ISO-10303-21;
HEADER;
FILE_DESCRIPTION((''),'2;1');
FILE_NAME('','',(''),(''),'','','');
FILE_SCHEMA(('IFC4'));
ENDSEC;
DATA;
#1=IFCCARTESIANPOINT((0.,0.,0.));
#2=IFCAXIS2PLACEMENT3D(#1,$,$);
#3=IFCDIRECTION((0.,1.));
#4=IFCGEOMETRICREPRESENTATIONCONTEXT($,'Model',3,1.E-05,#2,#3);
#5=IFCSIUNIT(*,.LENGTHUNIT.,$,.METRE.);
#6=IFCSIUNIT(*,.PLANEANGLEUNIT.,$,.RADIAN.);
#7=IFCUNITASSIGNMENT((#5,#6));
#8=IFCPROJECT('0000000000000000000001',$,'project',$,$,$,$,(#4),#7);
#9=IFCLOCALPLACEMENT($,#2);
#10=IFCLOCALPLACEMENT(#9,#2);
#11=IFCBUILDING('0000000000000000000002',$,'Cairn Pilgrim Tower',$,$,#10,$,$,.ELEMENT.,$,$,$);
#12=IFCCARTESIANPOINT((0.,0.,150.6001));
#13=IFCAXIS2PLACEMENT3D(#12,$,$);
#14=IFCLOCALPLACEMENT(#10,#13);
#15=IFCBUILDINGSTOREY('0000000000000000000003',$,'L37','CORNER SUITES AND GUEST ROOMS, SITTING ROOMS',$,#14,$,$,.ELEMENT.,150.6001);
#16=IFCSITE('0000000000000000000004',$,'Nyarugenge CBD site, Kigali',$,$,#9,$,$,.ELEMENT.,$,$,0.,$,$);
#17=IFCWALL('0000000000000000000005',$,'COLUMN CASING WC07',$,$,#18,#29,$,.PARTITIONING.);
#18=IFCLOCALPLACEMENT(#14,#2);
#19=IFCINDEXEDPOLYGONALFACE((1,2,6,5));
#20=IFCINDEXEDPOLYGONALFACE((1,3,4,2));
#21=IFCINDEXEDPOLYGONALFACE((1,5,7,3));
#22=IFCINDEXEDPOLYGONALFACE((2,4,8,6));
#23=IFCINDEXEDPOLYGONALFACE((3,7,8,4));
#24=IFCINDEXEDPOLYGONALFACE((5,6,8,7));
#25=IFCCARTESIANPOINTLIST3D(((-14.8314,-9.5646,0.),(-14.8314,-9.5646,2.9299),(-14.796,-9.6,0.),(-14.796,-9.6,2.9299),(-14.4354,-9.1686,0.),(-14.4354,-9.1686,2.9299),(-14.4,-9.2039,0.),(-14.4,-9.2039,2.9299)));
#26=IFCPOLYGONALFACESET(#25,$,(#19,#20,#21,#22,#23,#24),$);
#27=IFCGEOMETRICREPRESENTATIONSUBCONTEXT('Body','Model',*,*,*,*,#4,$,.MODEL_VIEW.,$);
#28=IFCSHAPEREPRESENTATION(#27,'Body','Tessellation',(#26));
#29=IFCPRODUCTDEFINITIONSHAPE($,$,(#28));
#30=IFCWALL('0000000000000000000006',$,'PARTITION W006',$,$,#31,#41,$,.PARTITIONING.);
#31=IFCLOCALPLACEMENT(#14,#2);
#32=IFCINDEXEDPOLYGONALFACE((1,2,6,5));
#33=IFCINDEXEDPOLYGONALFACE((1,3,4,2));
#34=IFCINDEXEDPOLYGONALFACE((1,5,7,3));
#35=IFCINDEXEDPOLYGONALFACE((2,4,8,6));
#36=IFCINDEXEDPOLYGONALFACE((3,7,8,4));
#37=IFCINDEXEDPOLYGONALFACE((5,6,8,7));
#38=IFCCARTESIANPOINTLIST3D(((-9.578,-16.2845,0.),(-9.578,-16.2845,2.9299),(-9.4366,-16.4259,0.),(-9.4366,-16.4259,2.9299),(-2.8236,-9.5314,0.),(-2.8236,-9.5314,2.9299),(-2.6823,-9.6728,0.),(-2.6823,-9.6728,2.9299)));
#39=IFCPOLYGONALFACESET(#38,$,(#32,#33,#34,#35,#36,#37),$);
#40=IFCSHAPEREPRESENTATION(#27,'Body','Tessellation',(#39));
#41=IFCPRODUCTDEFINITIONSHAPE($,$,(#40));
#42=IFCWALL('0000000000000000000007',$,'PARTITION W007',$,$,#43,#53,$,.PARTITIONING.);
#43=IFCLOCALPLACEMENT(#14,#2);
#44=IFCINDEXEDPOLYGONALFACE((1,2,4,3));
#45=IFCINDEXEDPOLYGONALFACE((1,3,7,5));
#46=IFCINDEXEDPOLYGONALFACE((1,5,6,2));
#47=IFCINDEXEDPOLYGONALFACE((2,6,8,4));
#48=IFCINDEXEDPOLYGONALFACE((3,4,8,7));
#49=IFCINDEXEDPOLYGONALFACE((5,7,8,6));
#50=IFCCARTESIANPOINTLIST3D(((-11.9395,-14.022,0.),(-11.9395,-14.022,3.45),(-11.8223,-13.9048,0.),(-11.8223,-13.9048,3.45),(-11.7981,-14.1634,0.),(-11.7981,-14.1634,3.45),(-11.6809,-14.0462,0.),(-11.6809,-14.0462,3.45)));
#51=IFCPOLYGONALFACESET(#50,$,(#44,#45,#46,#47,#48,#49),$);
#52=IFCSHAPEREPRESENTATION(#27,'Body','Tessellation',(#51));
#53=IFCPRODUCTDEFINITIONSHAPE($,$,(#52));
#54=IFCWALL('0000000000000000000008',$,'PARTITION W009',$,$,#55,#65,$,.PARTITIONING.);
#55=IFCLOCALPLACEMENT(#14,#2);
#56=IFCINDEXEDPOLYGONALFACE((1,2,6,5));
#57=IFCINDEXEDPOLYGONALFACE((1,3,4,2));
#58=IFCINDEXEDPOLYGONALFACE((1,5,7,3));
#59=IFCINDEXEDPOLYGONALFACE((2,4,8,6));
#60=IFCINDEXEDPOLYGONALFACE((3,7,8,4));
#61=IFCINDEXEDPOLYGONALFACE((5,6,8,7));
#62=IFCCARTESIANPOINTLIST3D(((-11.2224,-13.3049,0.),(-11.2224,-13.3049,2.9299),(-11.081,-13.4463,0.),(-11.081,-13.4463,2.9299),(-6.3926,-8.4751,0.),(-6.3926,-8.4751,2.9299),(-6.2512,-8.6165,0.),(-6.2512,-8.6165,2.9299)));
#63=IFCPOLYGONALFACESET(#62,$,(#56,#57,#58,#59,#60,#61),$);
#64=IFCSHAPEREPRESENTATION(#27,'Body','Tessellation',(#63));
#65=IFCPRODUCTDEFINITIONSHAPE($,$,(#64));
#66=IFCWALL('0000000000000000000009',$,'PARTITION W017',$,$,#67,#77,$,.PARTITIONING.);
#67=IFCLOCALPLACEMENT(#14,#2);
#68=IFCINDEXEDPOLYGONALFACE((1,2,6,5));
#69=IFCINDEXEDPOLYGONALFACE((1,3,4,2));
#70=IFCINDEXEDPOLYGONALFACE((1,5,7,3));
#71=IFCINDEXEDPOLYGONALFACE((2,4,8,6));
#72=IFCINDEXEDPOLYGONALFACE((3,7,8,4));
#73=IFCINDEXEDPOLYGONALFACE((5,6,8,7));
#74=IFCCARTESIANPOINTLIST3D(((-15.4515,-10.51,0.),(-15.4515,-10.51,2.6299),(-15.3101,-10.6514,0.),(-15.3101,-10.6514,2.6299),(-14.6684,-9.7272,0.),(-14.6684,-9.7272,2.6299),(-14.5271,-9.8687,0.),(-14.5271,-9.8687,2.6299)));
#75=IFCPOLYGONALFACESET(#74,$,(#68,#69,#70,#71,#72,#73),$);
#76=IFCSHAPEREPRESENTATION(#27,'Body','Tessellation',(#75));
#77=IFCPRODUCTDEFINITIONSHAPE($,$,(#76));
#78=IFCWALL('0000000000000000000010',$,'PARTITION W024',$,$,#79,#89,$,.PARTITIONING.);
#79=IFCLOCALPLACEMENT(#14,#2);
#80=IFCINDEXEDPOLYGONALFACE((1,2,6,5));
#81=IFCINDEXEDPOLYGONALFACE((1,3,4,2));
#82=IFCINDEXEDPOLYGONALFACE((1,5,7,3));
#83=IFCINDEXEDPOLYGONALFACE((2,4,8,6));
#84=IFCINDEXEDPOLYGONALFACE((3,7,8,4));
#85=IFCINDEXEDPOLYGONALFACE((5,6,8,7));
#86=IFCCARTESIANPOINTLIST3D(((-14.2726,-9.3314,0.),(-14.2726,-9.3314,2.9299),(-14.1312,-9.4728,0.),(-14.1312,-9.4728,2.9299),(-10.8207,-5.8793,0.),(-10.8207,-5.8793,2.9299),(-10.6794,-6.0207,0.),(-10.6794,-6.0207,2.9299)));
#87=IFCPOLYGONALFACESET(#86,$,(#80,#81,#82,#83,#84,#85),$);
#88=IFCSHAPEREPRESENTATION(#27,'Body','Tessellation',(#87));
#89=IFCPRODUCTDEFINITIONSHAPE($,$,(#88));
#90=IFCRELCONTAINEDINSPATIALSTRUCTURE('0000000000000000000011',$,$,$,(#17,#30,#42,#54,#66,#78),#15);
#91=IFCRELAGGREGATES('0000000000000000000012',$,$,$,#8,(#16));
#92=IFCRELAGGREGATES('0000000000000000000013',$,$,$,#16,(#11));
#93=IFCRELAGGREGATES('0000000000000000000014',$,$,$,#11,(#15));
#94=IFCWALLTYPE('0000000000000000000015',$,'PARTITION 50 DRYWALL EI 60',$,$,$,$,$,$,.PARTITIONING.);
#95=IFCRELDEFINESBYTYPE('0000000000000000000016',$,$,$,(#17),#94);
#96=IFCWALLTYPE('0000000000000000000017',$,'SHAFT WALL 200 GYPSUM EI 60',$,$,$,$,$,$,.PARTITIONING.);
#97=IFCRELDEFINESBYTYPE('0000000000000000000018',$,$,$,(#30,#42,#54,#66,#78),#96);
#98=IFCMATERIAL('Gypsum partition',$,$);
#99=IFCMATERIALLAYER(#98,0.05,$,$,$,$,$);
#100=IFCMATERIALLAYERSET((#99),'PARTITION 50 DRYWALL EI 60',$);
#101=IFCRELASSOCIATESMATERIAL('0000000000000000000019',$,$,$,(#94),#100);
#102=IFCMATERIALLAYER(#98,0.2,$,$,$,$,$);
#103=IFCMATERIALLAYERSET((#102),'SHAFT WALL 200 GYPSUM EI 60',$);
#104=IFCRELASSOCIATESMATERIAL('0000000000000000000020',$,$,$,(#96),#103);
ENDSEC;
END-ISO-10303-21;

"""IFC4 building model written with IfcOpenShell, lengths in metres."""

from ifc_helpers import new_model, si_unit, direction, frame, frame_2d, origin, place, context, subcontext, project, spatial, rectangle, extrude, material, layer, layer_set, type_object, element, save


model = new_model("IFC4")

# Units and contexts
model_context = context("Model", 3, precision=1e-05, world=origin(), true_north=direction((0.0, 1.0)))
body_context = subcontext(model_context, "Body", "Model", "MODEL_VIEW")
ifc_project = project(units=[si_unit("LENGTHUNIT", "METRE"), si_unit("PLANEANGLEUNIT", "RADIAN")], contexts=[model_context])

# Site, building, storey
site_placement = place(None, origin())
site = spatial("IfcSite", under=ifc_project, at=site_placement, Name="Nyarugenge CBD site, Kigali", CompositionType="ELEMENT", RefElevation=0.0)
building_placement = place(site_placement, origin())
building = spatial("IfcBuilding", under=site, at=building_placement, Name="Cairn Pilgrim Tower", CompositionType="ELEMENT")
storey_placement = place(building_placement, frame((0.0, 0.0, 150.6001)))
storey = spatial("IfcBuildingStorey", under=building, at=storey_placement, Name="L37", Description="CORNER SUITES AND GUEST ROOMS, SITTING ROOMS", CompositionType="ELEMENT", Elevation=150.6001)

# Walls
ifc_material_1 = material(Name="Gypsum partition")
ifc_layer_1 = layer(ifc_material_1, 0.05)
ifc_layer_set_1 = layer_set([ifc_layer_1], Name="PARTITION 50 DRYWALL EI 60")
wall_type_1 = type_object("IfcWallType", Name="PARTITION 50 DRYWALL EI 60", PredefinedType="PARTITIONING", material=ifc_layer_set_1)
wall_1_placement = place(storey_placement, frame((-14.8137, -9.5823, 0.0), z_axis=(0.0, 0.0, 1.0), x_axis=(0.707107, 0.707107, 0.0)))
element("IfcWall", 1, at=wall_1_placement, inside=storey, type_object=wall_type_1, Name="COLUMN CASING WC07", PredefinedType="PARTITIONING", context=body_context, shape_type="SweptSolid", body=[
    extrude(rectangle(XDim=0.5601, YDim=0.05, at=frame_2d((0.28, 0.0))), origin(), (0.0, 0.0, 1.0), 2.9299),
])
ifc_layer_2 = layer(ifc_material_1, 0.2)
ifc_layer_set_2 = layer_set([ifc_layer_2], Name="SHAFT WALL 200 GYPSUM EI 60")
wall_type_2 = type_object("IfcWallType", Name="SHAFT WALL 200 GYPSUM EI 60", PredefinedType="PARTITIONING", material=ifc_layer_set_2)
wall_2_placement = place(storey_placement, frame((-9.5073, -16.3552, 0.0), z_axis=(0.0, 0.0, 1.0), x_axis=(0.707171, 0.707043, 0.0)))
element("IfcWall", 2, at=wall_2_placement, inside=storey, type_object=wall_type_2, Name="PARTITION W006", PredefinedType="PARTITIONING", context=body_context, shape_type="SweptSolid", body=[
    extrude(rectangle(XDim=9.5513, YDim=0.2, at=frame_2d((4.7756, 0.0))), origin(), (0.0, 0.0, 1.0), 2.9299),
])
wall_3_placement = place(storey_placement, frame((-11.8689, -14.0928, 0.0), z_axis=(0.0, 0.0, 1.0), x_axis=(0.707107, 0.707107, 0.0)))
element("IfcWall", 3, at=wall_3_placement, inside=storey, type_object=wall_type_2, Name="PARTITION W007", PredefinedType="PARTITIONING", context=body_context, shape_type="SweptSolid", body=[
    extrude(rectangle(XDim=0.1658, YDim=0.2, at=frame_2d((0.083, 0.0))), origin(), (0.0, 0.0, 1.0), 3.45),
])
wall_4_placement = place(storey_placement, frame((-11.1516, -13.3755, 0.0), z_axis=(0.0, 0.0, 1.0), x_axis=(0.707107, 0.707107, 0.0)))
element("IfcWall", 4, at=wall_4_placement, inside=storey, type_object=wall_type_2, Name="PARTITION W009", PredefinedType="PARTITIONING", context=body_context, shape_type="SweptSolid", body=[
    extrude(rectangle(XDim=6.8303, YDim=0.2, at=frame_2d((3.415, 0.0))), origin(), (0.0, 0.0, 1.0), 2.9299),
])
wall_5_placement = place(storey_placement, frame((-15.3809, -10.5808, 0.0), z_axis=(0.0, 0.0, 1.0), x_axis=(0.707217, 0.706997, 0.0)))
element("IfcWall", 5, at=wall_5_placement, inside=storey, type_object=wall_type_2, Name="PARTITION W017", PredefinedType="PARTITIONING", context=body_context, shape_type="SweptSolid", body=[
    extrude(rectangle(XDim=1.1072, YDim=0.2, at=frame_2d((0.5537, 0.0))), origin(), (0.0, 0.0, 1.0), 2.6299),
])
wall_6_placement = place(storey_placement, frame((-14.2019, -9.4021, 0.0), z_axis=(0.0, 0.0, 1.0), x_axis=(0.707082, 0.707132, 0.0)))
element("IfcWall", 6, at=wall_6_placement, inside=storey, type_object=wall_type_2, Name="PARTITION W024", PredefinedType="PARTITIONING", context=body_context, shape_type="SweptSolid", body=[
    extrude(rectangle(XDim=4.8818, YDim=0.2, at=frame_2d((2.4409, 0.0))), origin(), (0.0, 0.0, 1.0), 2.9299),
])

save(model, "model.ifc")
